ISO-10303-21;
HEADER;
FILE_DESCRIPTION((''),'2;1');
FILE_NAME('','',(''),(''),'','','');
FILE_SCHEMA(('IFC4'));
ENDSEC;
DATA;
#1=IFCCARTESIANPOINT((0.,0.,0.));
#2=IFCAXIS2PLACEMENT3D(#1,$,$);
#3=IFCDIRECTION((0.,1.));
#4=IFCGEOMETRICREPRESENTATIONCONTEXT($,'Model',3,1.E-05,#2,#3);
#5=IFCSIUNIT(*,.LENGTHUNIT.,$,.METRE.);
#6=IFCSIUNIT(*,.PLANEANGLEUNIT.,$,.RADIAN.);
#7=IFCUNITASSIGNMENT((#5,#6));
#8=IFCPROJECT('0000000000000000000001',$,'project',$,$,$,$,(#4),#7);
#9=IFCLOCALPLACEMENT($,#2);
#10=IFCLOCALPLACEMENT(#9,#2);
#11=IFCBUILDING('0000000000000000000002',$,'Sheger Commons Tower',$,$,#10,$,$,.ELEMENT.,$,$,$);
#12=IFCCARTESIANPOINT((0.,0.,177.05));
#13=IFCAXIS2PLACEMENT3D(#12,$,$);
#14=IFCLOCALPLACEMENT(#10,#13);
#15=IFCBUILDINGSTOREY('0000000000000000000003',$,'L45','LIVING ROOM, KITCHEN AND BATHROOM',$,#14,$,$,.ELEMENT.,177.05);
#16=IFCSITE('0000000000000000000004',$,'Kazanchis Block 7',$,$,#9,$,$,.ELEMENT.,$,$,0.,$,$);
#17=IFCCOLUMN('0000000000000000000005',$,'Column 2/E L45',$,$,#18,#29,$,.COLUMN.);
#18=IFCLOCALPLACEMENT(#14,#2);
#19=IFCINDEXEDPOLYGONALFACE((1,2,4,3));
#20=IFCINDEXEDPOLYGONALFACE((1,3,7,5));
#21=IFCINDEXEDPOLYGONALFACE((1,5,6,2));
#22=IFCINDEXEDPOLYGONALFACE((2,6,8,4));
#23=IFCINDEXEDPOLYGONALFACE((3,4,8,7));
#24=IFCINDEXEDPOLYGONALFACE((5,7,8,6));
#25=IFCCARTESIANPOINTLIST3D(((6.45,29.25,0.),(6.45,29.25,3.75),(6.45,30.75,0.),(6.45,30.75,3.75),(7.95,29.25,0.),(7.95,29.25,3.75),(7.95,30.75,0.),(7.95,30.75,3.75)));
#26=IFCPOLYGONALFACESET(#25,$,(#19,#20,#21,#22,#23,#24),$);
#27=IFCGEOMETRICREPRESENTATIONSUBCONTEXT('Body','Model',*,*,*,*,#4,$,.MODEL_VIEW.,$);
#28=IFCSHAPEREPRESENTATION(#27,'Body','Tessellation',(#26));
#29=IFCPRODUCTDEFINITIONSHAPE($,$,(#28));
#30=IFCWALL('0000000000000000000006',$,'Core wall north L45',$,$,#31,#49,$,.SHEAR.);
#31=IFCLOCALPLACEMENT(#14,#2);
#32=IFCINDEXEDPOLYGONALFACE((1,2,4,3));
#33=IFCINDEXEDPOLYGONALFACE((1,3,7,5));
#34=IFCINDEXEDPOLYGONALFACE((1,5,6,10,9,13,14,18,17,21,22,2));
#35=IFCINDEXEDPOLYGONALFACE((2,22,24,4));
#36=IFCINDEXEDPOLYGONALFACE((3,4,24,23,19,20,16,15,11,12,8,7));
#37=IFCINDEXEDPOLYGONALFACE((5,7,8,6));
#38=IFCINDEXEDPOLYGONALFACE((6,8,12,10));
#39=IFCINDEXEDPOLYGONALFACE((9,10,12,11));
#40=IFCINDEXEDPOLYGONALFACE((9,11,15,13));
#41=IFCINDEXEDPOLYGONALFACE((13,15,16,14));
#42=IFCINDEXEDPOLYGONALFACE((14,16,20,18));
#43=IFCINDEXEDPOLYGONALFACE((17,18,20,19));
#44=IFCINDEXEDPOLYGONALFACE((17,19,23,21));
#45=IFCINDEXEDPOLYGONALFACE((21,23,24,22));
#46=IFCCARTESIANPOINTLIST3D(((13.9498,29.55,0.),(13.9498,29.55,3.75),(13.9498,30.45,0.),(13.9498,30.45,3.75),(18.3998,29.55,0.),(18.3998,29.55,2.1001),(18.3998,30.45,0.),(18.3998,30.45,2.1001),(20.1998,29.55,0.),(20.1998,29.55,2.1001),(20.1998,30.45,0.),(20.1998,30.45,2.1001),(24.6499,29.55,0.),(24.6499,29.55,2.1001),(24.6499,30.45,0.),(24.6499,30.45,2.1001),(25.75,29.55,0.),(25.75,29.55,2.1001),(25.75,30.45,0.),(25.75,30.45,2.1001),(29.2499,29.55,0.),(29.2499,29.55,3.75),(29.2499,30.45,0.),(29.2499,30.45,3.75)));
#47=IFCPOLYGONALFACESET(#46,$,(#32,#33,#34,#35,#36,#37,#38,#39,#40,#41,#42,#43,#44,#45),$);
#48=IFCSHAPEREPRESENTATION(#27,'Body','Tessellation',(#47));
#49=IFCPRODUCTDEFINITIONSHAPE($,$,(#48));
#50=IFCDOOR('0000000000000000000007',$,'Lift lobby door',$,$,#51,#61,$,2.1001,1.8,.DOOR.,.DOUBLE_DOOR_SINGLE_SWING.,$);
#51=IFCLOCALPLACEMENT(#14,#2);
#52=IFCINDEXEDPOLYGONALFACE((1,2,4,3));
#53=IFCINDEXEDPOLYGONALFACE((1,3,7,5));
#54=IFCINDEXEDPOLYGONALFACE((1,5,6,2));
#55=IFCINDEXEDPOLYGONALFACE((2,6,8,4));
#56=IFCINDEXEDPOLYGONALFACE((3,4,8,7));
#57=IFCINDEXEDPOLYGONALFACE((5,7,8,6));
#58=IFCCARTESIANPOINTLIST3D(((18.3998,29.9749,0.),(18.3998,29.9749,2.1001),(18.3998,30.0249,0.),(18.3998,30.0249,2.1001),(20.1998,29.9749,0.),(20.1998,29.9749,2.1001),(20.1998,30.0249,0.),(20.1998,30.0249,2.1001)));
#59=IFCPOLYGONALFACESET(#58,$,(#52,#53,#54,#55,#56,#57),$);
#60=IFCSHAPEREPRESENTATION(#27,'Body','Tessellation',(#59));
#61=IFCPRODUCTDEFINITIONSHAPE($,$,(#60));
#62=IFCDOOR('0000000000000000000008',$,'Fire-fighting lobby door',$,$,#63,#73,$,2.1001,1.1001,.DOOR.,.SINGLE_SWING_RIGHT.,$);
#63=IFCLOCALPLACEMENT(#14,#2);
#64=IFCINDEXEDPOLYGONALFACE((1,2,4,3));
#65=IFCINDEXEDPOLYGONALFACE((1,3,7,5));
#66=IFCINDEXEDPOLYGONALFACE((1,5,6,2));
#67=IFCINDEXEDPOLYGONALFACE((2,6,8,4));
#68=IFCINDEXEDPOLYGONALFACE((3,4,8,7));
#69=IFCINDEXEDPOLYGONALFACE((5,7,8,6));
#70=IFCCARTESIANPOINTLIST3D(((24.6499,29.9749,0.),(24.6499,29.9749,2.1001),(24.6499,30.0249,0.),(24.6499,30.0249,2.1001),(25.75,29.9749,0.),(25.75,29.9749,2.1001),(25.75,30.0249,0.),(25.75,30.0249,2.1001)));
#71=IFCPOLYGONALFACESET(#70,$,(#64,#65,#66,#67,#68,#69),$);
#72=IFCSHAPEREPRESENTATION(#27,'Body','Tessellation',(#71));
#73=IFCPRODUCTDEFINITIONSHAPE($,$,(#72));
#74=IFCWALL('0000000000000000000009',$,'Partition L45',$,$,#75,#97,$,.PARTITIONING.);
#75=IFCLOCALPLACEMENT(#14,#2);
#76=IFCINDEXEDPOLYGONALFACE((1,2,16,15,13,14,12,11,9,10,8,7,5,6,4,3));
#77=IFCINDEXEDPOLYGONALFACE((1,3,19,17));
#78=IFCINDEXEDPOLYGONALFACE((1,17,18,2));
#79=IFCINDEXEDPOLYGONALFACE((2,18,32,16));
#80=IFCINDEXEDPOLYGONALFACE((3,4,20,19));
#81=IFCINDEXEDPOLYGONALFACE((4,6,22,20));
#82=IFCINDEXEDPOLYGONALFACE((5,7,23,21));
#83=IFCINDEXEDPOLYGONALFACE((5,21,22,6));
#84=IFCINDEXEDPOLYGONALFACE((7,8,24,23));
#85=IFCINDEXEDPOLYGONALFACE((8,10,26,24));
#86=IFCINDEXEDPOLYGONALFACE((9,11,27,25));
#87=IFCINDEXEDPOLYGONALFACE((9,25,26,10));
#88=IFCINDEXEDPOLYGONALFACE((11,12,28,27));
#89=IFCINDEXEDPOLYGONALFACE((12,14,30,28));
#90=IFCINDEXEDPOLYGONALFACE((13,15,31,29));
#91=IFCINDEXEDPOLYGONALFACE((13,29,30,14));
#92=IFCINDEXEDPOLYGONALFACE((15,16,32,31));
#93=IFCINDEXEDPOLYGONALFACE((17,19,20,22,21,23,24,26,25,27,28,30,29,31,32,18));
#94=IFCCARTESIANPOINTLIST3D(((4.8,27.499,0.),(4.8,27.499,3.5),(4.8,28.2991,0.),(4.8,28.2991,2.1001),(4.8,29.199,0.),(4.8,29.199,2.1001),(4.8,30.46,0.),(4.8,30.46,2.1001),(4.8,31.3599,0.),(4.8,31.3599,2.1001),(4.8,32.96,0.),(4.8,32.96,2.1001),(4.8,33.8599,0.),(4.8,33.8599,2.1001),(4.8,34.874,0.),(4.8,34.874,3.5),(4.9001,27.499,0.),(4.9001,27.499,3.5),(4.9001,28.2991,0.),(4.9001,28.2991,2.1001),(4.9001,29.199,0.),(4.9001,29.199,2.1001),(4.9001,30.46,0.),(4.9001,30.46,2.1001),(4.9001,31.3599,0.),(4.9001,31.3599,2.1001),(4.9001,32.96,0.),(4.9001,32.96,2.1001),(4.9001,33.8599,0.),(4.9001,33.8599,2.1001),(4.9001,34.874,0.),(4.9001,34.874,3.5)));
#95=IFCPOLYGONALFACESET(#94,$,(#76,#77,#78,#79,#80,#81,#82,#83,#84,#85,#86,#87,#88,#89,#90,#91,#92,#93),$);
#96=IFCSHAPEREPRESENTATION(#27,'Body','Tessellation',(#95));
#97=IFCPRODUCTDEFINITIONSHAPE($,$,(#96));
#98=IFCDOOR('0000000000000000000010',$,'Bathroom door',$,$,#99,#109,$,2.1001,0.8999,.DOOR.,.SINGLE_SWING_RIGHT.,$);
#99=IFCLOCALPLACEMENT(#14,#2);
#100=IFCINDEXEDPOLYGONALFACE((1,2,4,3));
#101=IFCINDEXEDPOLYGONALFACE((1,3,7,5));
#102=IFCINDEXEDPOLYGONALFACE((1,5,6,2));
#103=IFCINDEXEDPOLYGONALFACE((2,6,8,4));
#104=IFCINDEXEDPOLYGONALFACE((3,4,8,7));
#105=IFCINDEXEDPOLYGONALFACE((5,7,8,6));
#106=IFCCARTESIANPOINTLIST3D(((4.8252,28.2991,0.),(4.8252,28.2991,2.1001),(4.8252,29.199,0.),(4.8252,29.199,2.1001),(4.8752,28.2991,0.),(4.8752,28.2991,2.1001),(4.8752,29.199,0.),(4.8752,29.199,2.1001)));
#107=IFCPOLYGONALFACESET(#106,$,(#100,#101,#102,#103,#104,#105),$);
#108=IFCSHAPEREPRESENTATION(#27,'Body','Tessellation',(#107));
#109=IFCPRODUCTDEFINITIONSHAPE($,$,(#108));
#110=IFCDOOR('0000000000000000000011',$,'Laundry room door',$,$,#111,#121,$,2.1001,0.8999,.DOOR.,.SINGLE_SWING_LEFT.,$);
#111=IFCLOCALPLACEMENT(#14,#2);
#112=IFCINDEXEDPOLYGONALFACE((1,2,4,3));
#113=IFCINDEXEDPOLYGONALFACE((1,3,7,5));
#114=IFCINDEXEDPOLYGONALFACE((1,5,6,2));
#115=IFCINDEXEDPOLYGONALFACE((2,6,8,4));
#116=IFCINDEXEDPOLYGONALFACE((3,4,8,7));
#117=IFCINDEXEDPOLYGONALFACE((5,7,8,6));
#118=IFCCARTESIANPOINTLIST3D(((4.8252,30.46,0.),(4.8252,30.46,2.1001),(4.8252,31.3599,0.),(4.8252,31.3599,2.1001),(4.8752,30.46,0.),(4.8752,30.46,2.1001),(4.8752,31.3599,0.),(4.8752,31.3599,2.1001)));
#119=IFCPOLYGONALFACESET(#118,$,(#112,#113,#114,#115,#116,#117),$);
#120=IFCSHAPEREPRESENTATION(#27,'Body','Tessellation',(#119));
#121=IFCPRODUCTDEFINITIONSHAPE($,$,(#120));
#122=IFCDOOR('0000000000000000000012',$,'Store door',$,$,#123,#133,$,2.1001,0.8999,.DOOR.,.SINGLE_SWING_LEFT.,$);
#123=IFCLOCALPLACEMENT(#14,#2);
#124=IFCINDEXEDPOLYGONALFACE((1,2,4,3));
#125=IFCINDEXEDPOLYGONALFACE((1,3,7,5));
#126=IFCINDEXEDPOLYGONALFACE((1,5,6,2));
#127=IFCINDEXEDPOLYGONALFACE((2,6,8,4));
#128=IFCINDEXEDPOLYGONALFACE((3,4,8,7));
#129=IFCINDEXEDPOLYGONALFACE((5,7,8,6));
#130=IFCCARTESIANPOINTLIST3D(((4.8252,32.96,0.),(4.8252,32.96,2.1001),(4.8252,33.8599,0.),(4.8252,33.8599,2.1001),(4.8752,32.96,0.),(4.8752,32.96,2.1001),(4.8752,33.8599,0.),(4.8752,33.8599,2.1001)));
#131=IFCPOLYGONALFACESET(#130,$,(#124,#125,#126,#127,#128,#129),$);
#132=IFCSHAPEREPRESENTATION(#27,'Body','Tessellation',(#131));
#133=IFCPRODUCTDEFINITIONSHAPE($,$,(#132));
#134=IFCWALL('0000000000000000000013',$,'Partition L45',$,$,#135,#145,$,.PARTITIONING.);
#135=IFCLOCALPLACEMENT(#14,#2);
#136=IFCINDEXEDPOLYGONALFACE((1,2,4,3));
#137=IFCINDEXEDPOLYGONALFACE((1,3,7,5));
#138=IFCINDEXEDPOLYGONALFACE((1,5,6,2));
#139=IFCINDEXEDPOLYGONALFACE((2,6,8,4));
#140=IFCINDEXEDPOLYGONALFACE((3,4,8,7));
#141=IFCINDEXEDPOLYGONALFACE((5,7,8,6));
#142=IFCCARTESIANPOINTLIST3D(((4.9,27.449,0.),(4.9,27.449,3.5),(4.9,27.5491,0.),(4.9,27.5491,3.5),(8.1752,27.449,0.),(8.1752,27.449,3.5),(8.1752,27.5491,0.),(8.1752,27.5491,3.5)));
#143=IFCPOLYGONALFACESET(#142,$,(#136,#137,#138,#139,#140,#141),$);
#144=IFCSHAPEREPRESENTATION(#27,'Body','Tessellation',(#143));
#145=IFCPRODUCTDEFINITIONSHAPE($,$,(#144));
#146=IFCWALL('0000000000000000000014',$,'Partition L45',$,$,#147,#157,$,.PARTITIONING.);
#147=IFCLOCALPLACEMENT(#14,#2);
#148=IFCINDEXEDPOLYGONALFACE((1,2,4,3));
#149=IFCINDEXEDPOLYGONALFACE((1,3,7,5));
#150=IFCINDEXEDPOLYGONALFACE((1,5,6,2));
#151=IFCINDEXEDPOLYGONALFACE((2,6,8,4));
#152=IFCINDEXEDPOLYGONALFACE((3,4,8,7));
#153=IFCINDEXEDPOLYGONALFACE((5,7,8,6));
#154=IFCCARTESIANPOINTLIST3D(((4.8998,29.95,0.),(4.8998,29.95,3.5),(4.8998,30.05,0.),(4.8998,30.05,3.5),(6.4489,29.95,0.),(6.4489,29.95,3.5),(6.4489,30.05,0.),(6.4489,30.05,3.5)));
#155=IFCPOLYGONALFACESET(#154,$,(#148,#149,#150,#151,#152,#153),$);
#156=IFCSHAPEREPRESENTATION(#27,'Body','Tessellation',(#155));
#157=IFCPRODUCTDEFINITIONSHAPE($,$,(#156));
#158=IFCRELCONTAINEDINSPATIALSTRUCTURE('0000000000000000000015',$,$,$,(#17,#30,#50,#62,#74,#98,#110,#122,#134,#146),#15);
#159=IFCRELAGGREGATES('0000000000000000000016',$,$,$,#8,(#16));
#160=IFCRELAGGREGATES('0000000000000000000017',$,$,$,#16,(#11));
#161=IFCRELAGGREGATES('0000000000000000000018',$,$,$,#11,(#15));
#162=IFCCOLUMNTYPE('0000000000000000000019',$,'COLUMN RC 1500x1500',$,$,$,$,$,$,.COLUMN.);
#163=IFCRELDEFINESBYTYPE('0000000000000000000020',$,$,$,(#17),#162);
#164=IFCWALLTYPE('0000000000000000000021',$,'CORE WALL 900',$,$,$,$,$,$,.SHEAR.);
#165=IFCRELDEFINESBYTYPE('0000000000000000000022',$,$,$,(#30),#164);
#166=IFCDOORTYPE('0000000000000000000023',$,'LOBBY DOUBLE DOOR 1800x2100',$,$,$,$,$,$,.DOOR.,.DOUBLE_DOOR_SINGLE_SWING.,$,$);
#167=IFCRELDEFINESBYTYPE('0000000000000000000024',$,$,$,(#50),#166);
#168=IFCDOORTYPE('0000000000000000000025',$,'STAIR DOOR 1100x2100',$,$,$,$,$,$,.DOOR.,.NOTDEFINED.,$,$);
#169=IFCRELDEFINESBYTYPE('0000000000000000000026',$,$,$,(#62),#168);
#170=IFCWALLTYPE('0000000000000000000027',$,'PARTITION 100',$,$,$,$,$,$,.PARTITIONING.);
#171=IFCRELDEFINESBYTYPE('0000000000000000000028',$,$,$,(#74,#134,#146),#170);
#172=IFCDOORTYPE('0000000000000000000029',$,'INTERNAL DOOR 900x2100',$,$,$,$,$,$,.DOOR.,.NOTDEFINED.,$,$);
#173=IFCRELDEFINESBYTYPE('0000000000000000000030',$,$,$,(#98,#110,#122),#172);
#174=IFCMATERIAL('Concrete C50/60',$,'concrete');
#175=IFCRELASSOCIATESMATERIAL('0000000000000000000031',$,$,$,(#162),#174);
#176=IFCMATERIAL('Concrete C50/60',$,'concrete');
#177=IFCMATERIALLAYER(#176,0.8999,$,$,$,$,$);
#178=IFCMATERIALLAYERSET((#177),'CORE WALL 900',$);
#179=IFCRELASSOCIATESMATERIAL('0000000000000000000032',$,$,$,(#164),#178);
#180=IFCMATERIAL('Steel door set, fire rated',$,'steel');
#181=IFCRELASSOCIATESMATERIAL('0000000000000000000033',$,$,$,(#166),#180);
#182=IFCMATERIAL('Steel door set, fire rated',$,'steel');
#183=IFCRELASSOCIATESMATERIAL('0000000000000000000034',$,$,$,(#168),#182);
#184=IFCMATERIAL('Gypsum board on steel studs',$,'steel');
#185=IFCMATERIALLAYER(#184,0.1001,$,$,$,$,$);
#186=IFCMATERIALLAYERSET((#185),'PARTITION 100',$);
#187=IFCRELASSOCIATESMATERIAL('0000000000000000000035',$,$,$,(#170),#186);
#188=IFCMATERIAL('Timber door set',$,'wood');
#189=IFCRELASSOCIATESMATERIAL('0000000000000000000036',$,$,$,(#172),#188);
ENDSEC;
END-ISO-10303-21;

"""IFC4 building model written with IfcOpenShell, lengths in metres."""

from ifc_helpers import new_model, si_unit, direction, frame, frame_2d, origin, origin_2d, place, context, subcontext, project, spatial, rectangle, extrude, material, layer, layer_set, material_profile, profile_set, type_object, element, fill, save


model = new_model("IFC4")

# Units and contexts
model_context = context("Model", 3, precision=1e-05, world=origin(), true_north=direction((0.0, 1.0)))
body_context = subcontext(model_context, "Body", "Model", "MODEL_VIEW")
ifc_project = project(units=[si_unit("LENGTHUNIT", "METRE"), si_unit("PLANEANGLEUNIT", "RADIAN")], contexts=[model_context])

# Site, building, storey
site_placement = place(None, origin())
site = spatial("IfcSite", under=ifc_project, at=site_placement, Name="Kazanchis Block 7", CompositionType="ELEMENT", RefElevation=0.0)
building_placement = place(site_placement, origin())
building = spatial("IfcBuilding", under=site, at=building_placement, Name="Sheger Commons Tower", CompositionType="ELEMENT")
storey_placement = place(building_placement, frame((0.0, 0.0, 177.05)))
storey = spatial("IfcBuildingStorey", under=building, at=storey_placement, Name="L45", Description="LIVING ROOM, KITCHEN AND BATHROOM", CompositionType="ELEMENT", Elevation=177.05)

# Column
ifc_material_1 = material(Name="Concrete C50/60", Category="concrete")
ifc_material_profile = material_profile(ifc_material_1, rectangle(XDim=1.5, YDim=1.5, at=origin_2d()), Name="RC 1500x1500")
ifc_profile_set = profile_set([ifc_material_profile], Name="Concrete C50/60")
column_type = type_object("IfcColumnType", Name="COLUMN RC 1500x1500", PredefinedType="COLUMN", material=ifc_profile_set)
column_placement = place(storey_placement, frame((7.2, 30.0, 0.0), z_axis=(0.0, 0.0, 1.0), x_axis=(1.0, 0.0, 0.0)))
element("IfcColumn", 1, at=column_placement, inside=storey, type_object=column_type, Name="Column 2/E L45", PredefinedType="COLUMN", context=body_context, shape_type="SweptSolid", body=[
    extrude(rectangle(XDim=1.5, YDim=1.5, at=origin_2d()), origin(), (0.0, 0.0, 1.0), 3.75),
])

# Walls, openings, doors
ifc_material_2 = material(Name="Concrete C50/60", Category="concrete")
ifc_layer_1 = layer(ifc_material_2, 0.8999)
ifc_layer_set_1 = layer_set([ifc_layer_1], Name="CORE WALL 900")
wall_type_1 = type_object("IfcWallType", Name="CORE WALL 900", PredefinedType="SHEAR", material=ifc_layer_set_1)
wall_1_placement = place(storey_placement, frame((13.95, 30.0, 0.0), z_axis=(0.0, 0.0, 1.0), x_axis=(1.0, 0.0, 0.0)))
wall_1 = element("IfcWall", 2, at=wall_1_placement, inside=storey, type_object=wall_type_1, Name="Core wall north L45", PredefinedType="SHEAR", context=body_context, shape_type="SweptSolid", body=[
    extrude(rectangle(XDim=15.3, YDim=0.8999, at=frame_2d((7.6499, 0.0))), origin(), (0.0, 0.0, 1.0), 3.75),
])
opening_1_placement = place(wall_1_placement, frame((4.45, 0.0, 0.0)))
opening_1 = element("IfcOpeningElement", 3, at=opening_1_placement, cuts=wall_1, PredefinedType="OPENING", context=body_context, shape_type="SweptSolid", body=[
    extrude(rectangle(XDim=1.8, YDim=2.1001, at=frame_2d((0.8999, 1.05))), frame((0.0, 0.46, 0.0), z_axis=(0.0, -1.0, 0.0), x_axis=(1.0, 0.0, 0.0)), (0.0, 0.0, 1.0), 0.9199),
])
opening_2_placement = place(wall_1_placement, frame((10.7, 0.0, 0.0)))
opening_2 = element("IfcOpeningElement", 4, at=opening_2_placement, cuts=wall_1, PredefinedType="OPENING", context=body_context, shape_type="SweptSolid", body=[
    extrude(rectangle(XDim=1.1001, YDim=2.1001, at=frame_2d((0.55, 1.05))), frame((0.0, 0.46, 0.0), z_axis=(0.0, -1.0, 0.0), x_axis=(1.0, 0.0, 0.0)), (0.0, 0.0, 1.0), 0.9199),
])
ifc_material_3 = material(Name="Steel door set, fire rated", Category="steel")
door_type_1 = type_object("IfcDoorType", Name="LOBBY DOUBLE DOOR 1800x2100", OperationType="DOUBLE_DOOR_SINGLE_SWING", PredefinedType="DOOR", material=ifc_material_3)
door_1_placement = place(opening_1_placement, origin())
door_1 = element("IfcDoor", 5, at=door_1_placement, inside=storey, type_object=door_type_1, Name="Lift lobby door", OperationType="DOUBLE_DOOR_SINGLE_SWING", OverallHeight=2.1001, OverallWidth=1.8, PredefinedType="DOOR", context=body_context, shape_type="SweptSolid", body=[
    extrude(rectangle(XDim=1.8, YDim=2.1001, at=frame_2d((0.8999, 1.05))), frame((0.0, 0.0249, 0.0), z_axis=(0.0, -1.0, 0.0), x_axis=(1.0, 0.0, 0.0)), (0.0, 0.0, 1.0), 0.05),
])
fill(opening_1, door_1)
ifc_material_4 = material(Name="Steel door set, fire rated", Category="steel")
door_type_2 = type_object("IfcDoorType", Name="STAIR DOOR 1100x2100", OperationType="NOTDEFINED", PredefinedType="DOOR", material=ifc_material_4)
door_2_placement = place(opening_2_placement, origin())
door_2 = element("IfcDoor", 6, at=door_2_placement, inside=storey, type_object=door_type_2, Name="Fire-fighting lobby door", OperationType="SINGLE_SWING_RIGHT", OverallHeight=2.1001, OverallWidth=1.1001, PredefinedType="DOOR", context=body_context, shape_type="SweptSolid", body=[
    extrude(rectangle(XDim=1.1001, YDim=2.1001, at=frame_2d((0.55, 1.05))), frame((0.0, 0.0249, 0.0), z_axis=(0.0, -1.0, 0.0), x_axis=(1.0, 0.0, 0.0)), (0.0, 0.0, 1.0), 0.05),
])
fill(opening_2, door_2)
ifc_material_5 = material(Name="Gypsum board on steel studs", Category="steel")
ifc_layer_2 = layer(ifc_material_5, 0.1001)
ifc_layer_set_2 = layer_set([ifc_layer_2], Name="PARTITION 100")
wall_type_2 = type_object("IfcWallType", Name="PARTITION 100", PredefinedType="PARTITIONING", material=ifc_layer_set_2)
wall_2_placement = place(storey_placement, frame((4.8501, 27.499, 0.0), z_axis=(0.0, 0.0, 1.0), x_axis=(0.0, 1.0, 0.0)))
wall_2 = element("IfcWall", 7, at=wall_2_placement, inside=storey, type_object=wall_type_2, Name="Partition L45", PredefinedType="PARTITIONING", context=body_context, shape_type="SweptSolid", body=[
    extrude(rectangle(XDim=7.375, YDim=0.1001, at=frame_2d((3.6875, 0.0))), origin(), (0.0, 0.0, 1.0), 3.5),
])
opening_3_placement = place(wall_2_placement, frame((0.8, 0.0, 0.0)))
opening_3 = element("IfcOpeningElement", 8, at=opening_3_placement, cuts=wall_2, PredefinedType="OPENING", context=body_context, shape_type="SweptSolid", body=[
    extrude(rectangle(XDim=0.8999, YDim=2.1001, at=frame_2d((0.45, 1.05))), frame((0.0, 0.0601, 0.0), z_axis=(0.0, -1.0, 0.0), x_axis=(1.0, 0.0, 0.0)), (0.0, 0.0, 1.0), 0.1201),
])
opening_4_placement = place(wall_2_placement, frame((2.9609, 0.0, 0.0)))
opening_4 = element("IfcOpeningElement", 9, at=opening_4_placement, cuts=wall_2, PredefinedType="OPENING", context=body_context, shape_type="SweptSolid", body=[
    extrude(rectangle(XDim=0.8999, YDim=2.1001, at=frame_2d((0.45, 1.05))), frame((0.0, 0.0601, 0.0), z_axis=(0.0, -1.0, 0.0), x_axis=(1.0, 0.0, 0.0)), (0.0, 0.0, 1.0), 0.1201),
])
opening_5_placement = place(wall_2_placement, frame((5.4609, 0.0, 0.0)))
opening_5 = element("IfcOpeningElement", 10, at=opening_5_placement, cuts=wall_2, PredefinedType="OPENING", context=body_context, shape_type="SweptSolid", body=[
    extrude(rectangle(XDim=0.8999, YDim=2.1001, at=frame_2d((0.45, 1.05))), frame((0.0, 0.0601, 0.0), z_axis=(0.0, -1.0, 0.0), x_axis=(1.0, 0.0, 0.0)), (0.0, 0.0, 1.0), 0.1201),
])
ifc_material_6 = material(Name="Timber door set", Category="wood")
door_type_3 = type_object("IfcDoorType", Name="INTERNAL DOOR 900x2100", OperationType="NOTDEFINED", PredefinedType="DOOR", material=ifc_material_6)
door_3_placement = place(opening_3_placement, origin())
door_3 = element("IfcDoor", 11, at=door_3_placement, inside=storey, type_object=door_type_3, Name="Bathroom door", OperationType="SINGLE_SWING_RIGHT", OverallHeight=2.1001, OverallWidth=0.8999, PredefinedType="DOOR", context=body_context, shape_type="SweptSolid", body=[
    extrude(rectangle(XDim=0.8999, YDim=2.1001, at=frame_2d((0.45, 1.05))), frame((0.0, 0.0249, 0.0), z_axis=(0.0, -1.0, 0.0), x_axis=(1.0, 0.0, 0.0)), (0.0, 0.0, 1.0), 0.05),
])
fill(opening_3, door_3)
door_4_placement = place(opening_4_placement, origin())
door_4 = element("IfcDoor", 12, at=door_4_placement, inside=storey, type_object=door_type_3, Name="Laundry room door", OperationType="SINGLE_SWING_LEFT", OverallHeight=2.1001, OverallWidth=0.8999, PredefinedType="DOOR", context=body_context, shape_type="SweptSolid", body=[
    extrude(rectangle(XDim=0.8999, YDim=2.1001, at=frame_2d((0.45, 1.05))), frame((0.0, 0.0249, 0.0), z_axis=(0.0, -1.0, 0.0), x_axis=(1.0, 0.0, 0.0)), (0.0, 0.0, 1.0), 0.05),
])
fill(opening_4, door_4)
door_5_placement = place(opening_5_placement, origin())
door_5 = element("IfcDoor", 13, at=door_5_placement, inside=storey, type_object=door_type_3, Name="Store door", OperationType="SINGLE_SWING_LEFT", OverallHeight=2.1001, OverallWidth=0.8999, PredefinedType="DOOR", context=body_context, shape_type="SweptSolid", body=[
    extrude(rectangle(XDim=0.8999, YDim=2.1001, at=frame_2d((0.45, 1.05))), frame((0.0, 0.0249, 0.0), z_axis=(0.0, -1.0, 0.0), x_axis=(1.0, 0.0, 0.0)), (0.0, 0.0, 1.0), 0.05),
])
fill(opening_5, door_5)

# Walls
wall_3_placement = place(storey_placement, frame((4.8999, 27.499, 0.0), z_axis=(0.0, 0.0, 1.0), x_axis=(1.0, 0.0, 0.0)))
element("IfcWall", 14, at=wall_3_placement, inside=storey, type_object=wall_type_2, Name="Partition L45", PredefinedType="PARTITIONING", context=body_context, shape_type="SweptSolid", body=[
    extrude(rectangle(XDim=3.2751, YDim=0.1001, at=frame_2d((1.6377, 0.0))), origin(), (0.0, 0.0, 1.0), 3.5),
])
wall_4_placement = place(storey_placement, frame((4.8999, 30.0, 0.0), z_axis=(0.0, 0.0, 1.0), x_axis=(1.0, 0.0, 0.0)))
element("IfcWall", 15, at=wall_4_placement, inside=storey, type_object=wall_type_2, Name="Partition L45", PredefinedType="PARTITIONING", context=body_context, shape_type="SweptSolid", body=[
    extrude(rectangle(XDim=1.5491, YDim=0.1001, at=frame_2d((0.7744, 0.0))), origin(), (0.0, 0.0, 1.0), 3.5),
])

save(model, "model.ifc")
